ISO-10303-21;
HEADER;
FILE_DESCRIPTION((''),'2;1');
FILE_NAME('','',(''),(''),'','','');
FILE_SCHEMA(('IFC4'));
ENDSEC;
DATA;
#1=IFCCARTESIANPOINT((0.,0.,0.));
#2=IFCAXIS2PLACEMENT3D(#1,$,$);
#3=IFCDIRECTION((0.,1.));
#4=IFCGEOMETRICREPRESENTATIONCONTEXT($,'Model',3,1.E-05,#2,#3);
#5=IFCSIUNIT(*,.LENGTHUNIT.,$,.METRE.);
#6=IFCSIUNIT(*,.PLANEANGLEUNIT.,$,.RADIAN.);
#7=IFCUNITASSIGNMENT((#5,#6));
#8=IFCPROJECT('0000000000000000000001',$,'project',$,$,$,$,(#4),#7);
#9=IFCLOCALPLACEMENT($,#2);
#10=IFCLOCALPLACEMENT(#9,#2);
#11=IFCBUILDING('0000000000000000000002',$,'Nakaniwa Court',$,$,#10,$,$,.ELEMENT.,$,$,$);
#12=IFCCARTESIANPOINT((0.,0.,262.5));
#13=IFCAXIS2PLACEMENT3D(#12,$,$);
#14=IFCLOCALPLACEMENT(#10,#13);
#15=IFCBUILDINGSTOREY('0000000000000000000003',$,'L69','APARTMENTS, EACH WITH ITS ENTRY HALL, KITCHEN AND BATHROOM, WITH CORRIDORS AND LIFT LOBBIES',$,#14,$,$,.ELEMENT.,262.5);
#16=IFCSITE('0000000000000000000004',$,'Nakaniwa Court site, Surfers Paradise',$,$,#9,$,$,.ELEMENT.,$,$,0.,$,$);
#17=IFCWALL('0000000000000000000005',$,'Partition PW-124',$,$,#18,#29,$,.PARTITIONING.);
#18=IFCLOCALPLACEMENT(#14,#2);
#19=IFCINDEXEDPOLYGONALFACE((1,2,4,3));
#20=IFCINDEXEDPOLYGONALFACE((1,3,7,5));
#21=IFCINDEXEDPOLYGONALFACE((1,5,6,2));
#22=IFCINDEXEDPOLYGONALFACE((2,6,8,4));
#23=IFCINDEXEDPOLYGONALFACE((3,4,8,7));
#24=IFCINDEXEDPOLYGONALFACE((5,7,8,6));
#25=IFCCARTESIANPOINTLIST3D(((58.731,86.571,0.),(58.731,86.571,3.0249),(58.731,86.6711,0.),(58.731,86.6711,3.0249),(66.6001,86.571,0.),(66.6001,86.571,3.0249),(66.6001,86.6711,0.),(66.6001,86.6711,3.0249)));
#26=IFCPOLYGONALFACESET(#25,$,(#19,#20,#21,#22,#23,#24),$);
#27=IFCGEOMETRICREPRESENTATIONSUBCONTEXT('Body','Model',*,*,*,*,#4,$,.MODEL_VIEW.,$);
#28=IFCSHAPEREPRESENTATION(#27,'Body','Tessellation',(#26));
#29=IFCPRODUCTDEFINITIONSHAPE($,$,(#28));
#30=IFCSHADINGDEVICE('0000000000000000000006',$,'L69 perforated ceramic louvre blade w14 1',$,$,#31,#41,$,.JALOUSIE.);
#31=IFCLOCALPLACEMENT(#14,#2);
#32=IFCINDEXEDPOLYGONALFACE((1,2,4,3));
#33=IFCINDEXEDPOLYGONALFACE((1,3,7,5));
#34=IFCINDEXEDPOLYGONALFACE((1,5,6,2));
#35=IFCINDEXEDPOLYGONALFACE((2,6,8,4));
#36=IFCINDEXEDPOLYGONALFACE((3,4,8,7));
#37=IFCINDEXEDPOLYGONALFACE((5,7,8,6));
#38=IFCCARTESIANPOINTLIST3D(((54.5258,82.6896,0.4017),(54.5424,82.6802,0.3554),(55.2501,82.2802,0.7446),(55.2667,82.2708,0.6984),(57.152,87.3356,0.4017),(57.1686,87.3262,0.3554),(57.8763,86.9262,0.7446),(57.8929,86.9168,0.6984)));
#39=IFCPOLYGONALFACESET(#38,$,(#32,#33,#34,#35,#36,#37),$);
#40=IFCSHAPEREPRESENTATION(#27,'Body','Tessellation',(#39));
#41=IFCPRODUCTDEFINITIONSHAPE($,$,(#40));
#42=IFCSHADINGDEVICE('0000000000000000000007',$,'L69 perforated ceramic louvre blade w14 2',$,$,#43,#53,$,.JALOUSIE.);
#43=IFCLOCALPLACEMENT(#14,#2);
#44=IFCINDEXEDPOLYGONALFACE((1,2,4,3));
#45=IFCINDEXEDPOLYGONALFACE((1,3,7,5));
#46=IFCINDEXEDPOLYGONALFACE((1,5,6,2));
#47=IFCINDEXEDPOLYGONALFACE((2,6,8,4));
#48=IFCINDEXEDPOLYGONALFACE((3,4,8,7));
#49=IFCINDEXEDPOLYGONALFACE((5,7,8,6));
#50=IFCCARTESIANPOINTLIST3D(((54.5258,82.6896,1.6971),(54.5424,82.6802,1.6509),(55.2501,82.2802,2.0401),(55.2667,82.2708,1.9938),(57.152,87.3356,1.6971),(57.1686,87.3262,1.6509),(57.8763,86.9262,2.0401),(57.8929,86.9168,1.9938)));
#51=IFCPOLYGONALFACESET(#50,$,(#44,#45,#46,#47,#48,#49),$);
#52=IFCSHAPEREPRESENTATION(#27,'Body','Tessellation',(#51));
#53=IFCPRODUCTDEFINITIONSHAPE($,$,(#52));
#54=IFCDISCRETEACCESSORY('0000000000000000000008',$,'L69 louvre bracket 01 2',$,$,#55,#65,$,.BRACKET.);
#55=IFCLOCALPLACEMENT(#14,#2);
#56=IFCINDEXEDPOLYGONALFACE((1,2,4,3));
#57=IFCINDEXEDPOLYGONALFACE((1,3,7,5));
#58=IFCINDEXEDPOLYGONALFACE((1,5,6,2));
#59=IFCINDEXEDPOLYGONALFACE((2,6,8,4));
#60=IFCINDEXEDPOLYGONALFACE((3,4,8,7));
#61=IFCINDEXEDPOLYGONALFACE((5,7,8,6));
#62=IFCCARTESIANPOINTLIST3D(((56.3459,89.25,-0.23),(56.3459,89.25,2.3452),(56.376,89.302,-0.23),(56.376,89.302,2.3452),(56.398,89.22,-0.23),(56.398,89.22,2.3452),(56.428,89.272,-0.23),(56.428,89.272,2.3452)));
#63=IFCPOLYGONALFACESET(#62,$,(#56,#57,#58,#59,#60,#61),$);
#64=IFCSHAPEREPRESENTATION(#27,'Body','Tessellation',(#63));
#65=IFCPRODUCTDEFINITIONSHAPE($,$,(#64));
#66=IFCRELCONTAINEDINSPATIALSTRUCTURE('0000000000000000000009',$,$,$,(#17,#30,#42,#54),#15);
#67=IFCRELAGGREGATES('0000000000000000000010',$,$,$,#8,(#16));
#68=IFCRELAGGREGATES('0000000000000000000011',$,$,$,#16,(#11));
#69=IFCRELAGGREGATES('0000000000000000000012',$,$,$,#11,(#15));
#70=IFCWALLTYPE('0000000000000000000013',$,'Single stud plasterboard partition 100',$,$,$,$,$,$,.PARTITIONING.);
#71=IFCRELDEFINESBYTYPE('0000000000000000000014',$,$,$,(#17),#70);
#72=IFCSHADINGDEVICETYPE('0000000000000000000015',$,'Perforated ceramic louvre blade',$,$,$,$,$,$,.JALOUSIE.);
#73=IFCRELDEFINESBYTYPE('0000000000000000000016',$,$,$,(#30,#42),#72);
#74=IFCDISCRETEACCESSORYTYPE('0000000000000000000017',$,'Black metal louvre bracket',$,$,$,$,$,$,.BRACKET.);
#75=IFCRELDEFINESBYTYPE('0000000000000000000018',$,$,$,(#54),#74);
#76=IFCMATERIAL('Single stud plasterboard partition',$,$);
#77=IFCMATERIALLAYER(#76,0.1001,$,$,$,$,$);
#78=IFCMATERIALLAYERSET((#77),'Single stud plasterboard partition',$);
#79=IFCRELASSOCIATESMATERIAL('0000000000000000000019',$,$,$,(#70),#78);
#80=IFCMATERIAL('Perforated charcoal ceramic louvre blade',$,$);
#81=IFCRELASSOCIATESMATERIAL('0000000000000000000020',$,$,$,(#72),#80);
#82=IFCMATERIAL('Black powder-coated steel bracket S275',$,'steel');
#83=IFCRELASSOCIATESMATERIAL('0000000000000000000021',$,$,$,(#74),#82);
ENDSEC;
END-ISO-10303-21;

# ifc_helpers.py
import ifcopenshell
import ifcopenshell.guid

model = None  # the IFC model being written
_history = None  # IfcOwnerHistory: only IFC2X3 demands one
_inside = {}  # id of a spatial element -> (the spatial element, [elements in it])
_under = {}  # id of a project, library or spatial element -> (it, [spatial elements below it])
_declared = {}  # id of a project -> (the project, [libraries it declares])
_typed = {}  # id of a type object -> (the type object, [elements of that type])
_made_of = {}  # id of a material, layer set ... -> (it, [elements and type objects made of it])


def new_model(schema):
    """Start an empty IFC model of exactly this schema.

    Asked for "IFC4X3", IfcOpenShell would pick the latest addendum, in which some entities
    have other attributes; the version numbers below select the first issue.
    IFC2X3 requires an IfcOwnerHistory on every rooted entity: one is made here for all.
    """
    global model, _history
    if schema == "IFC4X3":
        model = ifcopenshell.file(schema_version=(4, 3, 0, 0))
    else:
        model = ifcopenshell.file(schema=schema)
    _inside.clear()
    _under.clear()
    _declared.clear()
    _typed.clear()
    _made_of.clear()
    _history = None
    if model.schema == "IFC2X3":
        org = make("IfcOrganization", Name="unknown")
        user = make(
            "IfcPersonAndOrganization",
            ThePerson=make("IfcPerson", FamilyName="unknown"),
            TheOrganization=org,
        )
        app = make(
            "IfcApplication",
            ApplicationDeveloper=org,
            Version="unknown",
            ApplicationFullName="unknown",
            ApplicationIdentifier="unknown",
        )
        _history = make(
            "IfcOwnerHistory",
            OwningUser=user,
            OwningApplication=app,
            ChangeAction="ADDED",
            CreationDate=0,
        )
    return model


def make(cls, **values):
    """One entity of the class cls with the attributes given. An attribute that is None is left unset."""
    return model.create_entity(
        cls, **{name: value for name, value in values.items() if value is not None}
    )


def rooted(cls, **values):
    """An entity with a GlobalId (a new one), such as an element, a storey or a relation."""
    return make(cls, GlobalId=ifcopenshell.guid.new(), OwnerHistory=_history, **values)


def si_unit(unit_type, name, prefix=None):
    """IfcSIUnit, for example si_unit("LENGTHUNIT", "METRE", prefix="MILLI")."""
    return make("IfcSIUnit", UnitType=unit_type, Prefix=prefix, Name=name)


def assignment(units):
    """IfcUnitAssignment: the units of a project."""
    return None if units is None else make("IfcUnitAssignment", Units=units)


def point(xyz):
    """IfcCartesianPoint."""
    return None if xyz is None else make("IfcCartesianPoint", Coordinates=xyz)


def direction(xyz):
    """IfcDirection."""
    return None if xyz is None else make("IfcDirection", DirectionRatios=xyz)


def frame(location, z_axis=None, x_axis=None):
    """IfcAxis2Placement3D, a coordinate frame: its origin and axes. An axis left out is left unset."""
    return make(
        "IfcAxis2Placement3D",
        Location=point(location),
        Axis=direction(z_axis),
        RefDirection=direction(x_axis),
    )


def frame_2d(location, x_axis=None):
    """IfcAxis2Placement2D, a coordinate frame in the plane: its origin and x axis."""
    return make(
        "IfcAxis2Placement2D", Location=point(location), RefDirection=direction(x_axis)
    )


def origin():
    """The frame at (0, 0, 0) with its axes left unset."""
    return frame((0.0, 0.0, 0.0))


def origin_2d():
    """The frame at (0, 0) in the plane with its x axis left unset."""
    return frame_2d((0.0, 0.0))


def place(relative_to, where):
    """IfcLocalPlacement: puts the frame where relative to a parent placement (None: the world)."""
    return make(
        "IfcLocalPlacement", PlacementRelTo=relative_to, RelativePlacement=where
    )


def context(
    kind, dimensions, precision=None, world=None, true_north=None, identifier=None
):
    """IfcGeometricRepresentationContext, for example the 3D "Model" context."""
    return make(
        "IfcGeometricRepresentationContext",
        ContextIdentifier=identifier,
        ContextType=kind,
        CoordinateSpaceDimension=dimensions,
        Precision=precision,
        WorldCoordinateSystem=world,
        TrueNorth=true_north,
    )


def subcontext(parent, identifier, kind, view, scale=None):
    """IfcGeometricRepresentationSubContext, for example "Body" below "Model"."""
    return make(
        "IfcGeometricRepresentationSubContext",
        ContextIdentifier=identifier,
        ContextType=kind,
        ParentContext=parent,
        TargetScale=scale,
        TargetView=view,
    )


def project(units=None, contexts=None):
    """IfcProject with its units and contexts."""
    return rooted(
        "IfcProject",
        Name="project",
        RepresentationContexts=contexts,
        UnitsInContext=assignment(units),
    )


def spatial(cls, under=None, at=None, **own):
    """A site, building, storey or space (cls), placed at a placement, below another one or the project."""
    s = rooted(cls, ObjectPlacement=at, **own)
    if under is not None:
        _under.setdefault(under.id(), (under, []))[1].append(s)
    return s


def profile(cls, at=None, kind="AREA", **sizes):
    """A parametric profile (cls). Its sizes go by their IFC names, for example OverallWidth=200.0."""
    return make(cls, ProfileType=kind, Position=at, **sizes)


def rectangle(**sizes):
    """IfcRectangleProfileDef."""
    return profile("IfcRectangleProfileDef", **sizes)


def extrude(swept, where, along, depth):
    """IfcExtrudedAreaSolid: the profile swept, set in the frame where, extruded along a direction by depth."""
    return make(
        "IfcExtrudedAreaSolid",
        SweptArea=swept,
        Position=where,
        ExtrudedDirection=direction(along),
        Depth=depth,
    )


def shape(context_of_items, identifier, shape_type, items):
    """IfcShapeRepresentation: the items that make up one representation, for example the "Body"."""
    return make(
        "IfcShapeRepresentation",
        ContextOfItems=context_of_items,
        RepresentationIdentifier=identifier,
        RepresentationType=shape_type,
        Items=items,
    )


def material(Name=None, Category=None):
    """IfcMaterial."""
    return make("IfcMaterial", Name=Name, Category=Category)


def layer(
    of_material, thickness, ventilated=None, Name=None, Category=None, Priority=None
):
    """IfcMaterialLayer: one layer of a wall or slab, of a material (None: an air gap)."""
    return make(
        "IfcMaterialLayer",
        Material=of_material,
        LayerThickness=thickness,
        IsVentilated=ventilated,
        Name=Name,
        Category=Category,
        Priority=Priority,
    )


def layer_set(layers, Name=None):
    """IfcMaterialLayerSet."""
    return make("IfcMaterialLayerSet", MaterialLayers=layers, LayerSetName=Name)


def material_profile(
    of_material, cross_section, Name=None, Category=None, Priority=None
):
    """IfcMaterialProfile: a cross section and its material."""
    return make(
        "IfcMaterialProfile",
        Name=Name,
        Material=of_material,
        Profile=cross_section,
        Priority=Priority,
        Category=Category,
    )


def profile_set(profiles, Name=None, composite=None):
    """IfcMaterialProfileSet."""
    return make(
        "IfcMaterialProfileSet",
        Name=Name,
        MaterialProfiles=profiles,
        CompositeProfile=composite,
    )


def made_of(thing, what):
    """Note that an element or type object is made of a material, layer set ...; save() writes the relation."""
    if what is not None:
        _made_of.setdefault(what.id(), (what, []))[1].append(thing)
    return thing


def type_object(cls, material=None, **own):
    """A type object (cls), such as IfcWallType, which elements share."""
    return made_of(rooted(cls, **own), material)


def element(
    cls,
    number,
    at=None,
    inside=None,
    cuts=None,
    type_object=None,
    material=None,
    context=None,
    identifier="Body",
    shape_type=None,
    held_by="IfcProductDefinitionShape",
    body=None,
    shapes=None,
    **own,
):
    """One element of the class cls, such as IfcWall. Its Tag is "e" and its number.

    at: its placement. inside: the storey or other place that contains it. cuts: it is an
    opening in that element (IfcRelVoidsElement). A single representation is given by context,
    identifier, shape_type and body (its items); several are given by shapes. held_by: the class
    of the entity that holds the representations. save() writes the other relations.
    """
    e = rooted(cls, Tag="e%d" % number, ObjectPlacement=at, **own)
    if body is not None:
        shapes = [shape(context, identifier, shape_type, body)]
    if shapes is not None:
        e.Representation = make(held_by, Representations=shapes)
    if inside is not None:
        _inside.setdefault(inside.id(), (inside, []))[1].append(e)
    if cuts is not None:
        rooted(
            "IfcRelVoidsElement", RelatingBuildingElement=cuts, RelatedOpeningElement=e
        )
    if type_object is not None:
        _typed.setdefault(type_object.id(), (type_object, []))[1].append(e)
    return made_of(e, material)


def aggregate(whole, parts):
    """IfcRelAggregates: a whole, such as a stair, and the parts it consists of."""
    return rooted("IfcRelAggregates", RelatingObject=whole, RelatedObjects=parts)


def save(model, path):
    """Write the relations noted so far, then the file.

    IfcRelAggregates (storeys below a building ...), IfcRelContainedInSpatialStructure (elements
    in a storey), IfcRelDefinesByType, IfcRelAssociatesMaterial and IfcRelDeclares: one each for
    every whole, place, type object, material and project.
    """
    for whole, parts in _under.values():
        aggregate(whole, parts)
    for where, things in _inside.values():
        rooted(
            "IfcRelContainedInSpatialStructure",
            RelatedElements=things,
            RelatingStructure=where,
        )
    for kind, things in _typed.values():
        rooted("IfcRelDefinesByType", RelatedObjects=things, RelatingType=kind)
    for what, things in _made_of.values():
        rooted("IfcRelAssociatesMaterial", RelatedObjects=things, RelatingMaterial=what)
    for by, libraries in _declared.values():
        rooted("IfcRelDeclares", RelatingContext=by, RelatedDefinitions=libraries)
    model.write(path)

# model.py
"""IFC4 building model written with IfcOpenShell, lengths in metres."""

from ifc_helpers import new_model, si_unit, direction, frame, frame_2d, origin, origin_2d, place, context, subcontext, project, spatial, rectangle, extrude, material, layer, layer_set, material_profile, profile_set, type_object, element, save


model = new_model("IFC4")

# Units and contexts
model_context = context("Model", 3, precision=1e-05, world=origin(), true_north=direction((0.0, 1.0)))
body_context = subcontext(model_context, "Body", "Model", "MODEL_VIEW")
ifc_project = project(units=[si_unit("LENGTHUNIT", "METRE"), si_unit("PLANEANGLEUNIT", "RADIAN")], contexts=[model_context])

# Site, building, storey
site_placement = place(None, origin())
site = spatial("IfcSite", under=ifc_project, at=site_placement, Name="Nakaniwa Court site, Surfers Paradise", CompositionType="ELEMENT", RefElevation=0.0)
building_placement = place(site_placement, origin())
building = spatial("IfcBuilding", under=site, at=building_placement, Name="Nakaniwa Court", CompositionType="ELEMENT")
storey_placement = place(building_placement, frame((0.0, 0.0, 262.5)))
storey = spatial("IfcBuildingStorey", under=building, at=storey_placement, Name="L69", Description="APARTMENTS, EACH WITH ITS ENTRY HALL, KITCHEN AND BATHROOM, WITH CORRIDORS AND LIFT LOBBIES", CompositionType="ELEMENT", Elevation=262.5)

# Wall
ifc_material_1 = material(Name="Single stud plasterboard partition")
ifc_layer_1 = layer(ifc_material_1, 0.1001)
ifc_layer_set_1 = layer_set([ifc_layer_1], Name="Single stud plasterboard partition")
wall_type_1 = type_object("IfcWallType", Name="Single stud plasterboard partition 100", PredefinedType="PARTITIONING", material=ifc_layer_set_1)
wall_1_placement = place(storey_placement, frame((58.731, 86.6211, 0.0), z_axis=(0.0, 0.0, 1.0), x_axis=(1.0, 0.0, 0.0)))
element("IfcWall", 1, at=wall_1_placement, inside=storey, type_object=wall_type_1, Name="Partition PW-124", PredefinedType="PARTITIONING", context=body_context, shape_type="SweptSolid", body=[
    extrude(rectangle(XDim=7.8691, YDim=0.1001, at=frame_2d((3.9346, 0.0))), origin(), (0.0, 0.0, 1.0), 3.0249),
])

# Shading devices
ifc_material_2 = material(Name="Perforated charcoal ceramic louvre blade")
ifc_material_profile_1 = material_profile(ifc_material_2, rectangle(XDim=0.8999, YDim=0.05, at=origin_2d()), Name="Perforated ceramic louvre blade")
ifc_profile_set_1 = profile_set([ifc_material_profile_1], Name="Perforated charcoal ceramic louvre blade")
shading_device_type = type_object("IfcShadingDeviceType", Name="Perforated ceramic louvre blade", PredefinedType="JALOUSIE", material=ifc_profile_set_1)
for number, where, z_axis, x_axis, name in (
    (2, (57.5225, 87.1262, 0.55), (-0.492089, -0.870545, 0.0), (0.804859, -0.454959, 0.38107), "L69 perforated ceramic louvre blade w14 1"),
    (3, (57.5225, 87.1262, 1.8455), (-0.492089, -0.870545, 0.0), (0.804859, -0.454959, 0.38107), "L69 perforated ceramic louvre blade w14 2"),
):
    element("IfcShadingDevice", number, at=place(storey_placement, frame(where, z_axis=z_axis, x_axis=x_axis)), inside=storey, type_object=shading_device_type, Name=name, PredefinedType="JALOUSIE", context=body_context, shape_type="SweptSolid", body=[
        extrude(rectangle(XDim=0.8999, YDim=0.05, at=origin_2d()), origin(), (0.0, 0.0, 1.0), 5.3369),
    ])

# Discrete accessory
ifc_material_3 = material(Name="Black powder-coated steel bracket S275", Category="steel")
discrete_accessory_type = type_object("IfcDiscreteAccessoryType", Name="Black metal louvre bracket", PredefinedType="BRACKET", material=ifc_material_3)
discrete_accessory_placement = place(storey_placement, frame((56.387, 89.261, -0.23), z_axis=(0.0, 0.0, 1.0), x_axis=(-0.499986, -0.866033, 0.0)))
element("IfcDiscreteAccessory", 4, at=discrete_accessory_placement, inside=storey, type_object=discrete_accessory_type, Name="L69 louvre bracket 01 2", PredefinedType="BRACKET", context=body_context, shape_type="SweptSolid", body=[
    extrude(rectangle(XDim=0.0601, YDim=0.0601, at=origin_2d()), origin(), (0.0, 0.0, 1.0), 2.5752),
])

save(model, "model.ifc")
